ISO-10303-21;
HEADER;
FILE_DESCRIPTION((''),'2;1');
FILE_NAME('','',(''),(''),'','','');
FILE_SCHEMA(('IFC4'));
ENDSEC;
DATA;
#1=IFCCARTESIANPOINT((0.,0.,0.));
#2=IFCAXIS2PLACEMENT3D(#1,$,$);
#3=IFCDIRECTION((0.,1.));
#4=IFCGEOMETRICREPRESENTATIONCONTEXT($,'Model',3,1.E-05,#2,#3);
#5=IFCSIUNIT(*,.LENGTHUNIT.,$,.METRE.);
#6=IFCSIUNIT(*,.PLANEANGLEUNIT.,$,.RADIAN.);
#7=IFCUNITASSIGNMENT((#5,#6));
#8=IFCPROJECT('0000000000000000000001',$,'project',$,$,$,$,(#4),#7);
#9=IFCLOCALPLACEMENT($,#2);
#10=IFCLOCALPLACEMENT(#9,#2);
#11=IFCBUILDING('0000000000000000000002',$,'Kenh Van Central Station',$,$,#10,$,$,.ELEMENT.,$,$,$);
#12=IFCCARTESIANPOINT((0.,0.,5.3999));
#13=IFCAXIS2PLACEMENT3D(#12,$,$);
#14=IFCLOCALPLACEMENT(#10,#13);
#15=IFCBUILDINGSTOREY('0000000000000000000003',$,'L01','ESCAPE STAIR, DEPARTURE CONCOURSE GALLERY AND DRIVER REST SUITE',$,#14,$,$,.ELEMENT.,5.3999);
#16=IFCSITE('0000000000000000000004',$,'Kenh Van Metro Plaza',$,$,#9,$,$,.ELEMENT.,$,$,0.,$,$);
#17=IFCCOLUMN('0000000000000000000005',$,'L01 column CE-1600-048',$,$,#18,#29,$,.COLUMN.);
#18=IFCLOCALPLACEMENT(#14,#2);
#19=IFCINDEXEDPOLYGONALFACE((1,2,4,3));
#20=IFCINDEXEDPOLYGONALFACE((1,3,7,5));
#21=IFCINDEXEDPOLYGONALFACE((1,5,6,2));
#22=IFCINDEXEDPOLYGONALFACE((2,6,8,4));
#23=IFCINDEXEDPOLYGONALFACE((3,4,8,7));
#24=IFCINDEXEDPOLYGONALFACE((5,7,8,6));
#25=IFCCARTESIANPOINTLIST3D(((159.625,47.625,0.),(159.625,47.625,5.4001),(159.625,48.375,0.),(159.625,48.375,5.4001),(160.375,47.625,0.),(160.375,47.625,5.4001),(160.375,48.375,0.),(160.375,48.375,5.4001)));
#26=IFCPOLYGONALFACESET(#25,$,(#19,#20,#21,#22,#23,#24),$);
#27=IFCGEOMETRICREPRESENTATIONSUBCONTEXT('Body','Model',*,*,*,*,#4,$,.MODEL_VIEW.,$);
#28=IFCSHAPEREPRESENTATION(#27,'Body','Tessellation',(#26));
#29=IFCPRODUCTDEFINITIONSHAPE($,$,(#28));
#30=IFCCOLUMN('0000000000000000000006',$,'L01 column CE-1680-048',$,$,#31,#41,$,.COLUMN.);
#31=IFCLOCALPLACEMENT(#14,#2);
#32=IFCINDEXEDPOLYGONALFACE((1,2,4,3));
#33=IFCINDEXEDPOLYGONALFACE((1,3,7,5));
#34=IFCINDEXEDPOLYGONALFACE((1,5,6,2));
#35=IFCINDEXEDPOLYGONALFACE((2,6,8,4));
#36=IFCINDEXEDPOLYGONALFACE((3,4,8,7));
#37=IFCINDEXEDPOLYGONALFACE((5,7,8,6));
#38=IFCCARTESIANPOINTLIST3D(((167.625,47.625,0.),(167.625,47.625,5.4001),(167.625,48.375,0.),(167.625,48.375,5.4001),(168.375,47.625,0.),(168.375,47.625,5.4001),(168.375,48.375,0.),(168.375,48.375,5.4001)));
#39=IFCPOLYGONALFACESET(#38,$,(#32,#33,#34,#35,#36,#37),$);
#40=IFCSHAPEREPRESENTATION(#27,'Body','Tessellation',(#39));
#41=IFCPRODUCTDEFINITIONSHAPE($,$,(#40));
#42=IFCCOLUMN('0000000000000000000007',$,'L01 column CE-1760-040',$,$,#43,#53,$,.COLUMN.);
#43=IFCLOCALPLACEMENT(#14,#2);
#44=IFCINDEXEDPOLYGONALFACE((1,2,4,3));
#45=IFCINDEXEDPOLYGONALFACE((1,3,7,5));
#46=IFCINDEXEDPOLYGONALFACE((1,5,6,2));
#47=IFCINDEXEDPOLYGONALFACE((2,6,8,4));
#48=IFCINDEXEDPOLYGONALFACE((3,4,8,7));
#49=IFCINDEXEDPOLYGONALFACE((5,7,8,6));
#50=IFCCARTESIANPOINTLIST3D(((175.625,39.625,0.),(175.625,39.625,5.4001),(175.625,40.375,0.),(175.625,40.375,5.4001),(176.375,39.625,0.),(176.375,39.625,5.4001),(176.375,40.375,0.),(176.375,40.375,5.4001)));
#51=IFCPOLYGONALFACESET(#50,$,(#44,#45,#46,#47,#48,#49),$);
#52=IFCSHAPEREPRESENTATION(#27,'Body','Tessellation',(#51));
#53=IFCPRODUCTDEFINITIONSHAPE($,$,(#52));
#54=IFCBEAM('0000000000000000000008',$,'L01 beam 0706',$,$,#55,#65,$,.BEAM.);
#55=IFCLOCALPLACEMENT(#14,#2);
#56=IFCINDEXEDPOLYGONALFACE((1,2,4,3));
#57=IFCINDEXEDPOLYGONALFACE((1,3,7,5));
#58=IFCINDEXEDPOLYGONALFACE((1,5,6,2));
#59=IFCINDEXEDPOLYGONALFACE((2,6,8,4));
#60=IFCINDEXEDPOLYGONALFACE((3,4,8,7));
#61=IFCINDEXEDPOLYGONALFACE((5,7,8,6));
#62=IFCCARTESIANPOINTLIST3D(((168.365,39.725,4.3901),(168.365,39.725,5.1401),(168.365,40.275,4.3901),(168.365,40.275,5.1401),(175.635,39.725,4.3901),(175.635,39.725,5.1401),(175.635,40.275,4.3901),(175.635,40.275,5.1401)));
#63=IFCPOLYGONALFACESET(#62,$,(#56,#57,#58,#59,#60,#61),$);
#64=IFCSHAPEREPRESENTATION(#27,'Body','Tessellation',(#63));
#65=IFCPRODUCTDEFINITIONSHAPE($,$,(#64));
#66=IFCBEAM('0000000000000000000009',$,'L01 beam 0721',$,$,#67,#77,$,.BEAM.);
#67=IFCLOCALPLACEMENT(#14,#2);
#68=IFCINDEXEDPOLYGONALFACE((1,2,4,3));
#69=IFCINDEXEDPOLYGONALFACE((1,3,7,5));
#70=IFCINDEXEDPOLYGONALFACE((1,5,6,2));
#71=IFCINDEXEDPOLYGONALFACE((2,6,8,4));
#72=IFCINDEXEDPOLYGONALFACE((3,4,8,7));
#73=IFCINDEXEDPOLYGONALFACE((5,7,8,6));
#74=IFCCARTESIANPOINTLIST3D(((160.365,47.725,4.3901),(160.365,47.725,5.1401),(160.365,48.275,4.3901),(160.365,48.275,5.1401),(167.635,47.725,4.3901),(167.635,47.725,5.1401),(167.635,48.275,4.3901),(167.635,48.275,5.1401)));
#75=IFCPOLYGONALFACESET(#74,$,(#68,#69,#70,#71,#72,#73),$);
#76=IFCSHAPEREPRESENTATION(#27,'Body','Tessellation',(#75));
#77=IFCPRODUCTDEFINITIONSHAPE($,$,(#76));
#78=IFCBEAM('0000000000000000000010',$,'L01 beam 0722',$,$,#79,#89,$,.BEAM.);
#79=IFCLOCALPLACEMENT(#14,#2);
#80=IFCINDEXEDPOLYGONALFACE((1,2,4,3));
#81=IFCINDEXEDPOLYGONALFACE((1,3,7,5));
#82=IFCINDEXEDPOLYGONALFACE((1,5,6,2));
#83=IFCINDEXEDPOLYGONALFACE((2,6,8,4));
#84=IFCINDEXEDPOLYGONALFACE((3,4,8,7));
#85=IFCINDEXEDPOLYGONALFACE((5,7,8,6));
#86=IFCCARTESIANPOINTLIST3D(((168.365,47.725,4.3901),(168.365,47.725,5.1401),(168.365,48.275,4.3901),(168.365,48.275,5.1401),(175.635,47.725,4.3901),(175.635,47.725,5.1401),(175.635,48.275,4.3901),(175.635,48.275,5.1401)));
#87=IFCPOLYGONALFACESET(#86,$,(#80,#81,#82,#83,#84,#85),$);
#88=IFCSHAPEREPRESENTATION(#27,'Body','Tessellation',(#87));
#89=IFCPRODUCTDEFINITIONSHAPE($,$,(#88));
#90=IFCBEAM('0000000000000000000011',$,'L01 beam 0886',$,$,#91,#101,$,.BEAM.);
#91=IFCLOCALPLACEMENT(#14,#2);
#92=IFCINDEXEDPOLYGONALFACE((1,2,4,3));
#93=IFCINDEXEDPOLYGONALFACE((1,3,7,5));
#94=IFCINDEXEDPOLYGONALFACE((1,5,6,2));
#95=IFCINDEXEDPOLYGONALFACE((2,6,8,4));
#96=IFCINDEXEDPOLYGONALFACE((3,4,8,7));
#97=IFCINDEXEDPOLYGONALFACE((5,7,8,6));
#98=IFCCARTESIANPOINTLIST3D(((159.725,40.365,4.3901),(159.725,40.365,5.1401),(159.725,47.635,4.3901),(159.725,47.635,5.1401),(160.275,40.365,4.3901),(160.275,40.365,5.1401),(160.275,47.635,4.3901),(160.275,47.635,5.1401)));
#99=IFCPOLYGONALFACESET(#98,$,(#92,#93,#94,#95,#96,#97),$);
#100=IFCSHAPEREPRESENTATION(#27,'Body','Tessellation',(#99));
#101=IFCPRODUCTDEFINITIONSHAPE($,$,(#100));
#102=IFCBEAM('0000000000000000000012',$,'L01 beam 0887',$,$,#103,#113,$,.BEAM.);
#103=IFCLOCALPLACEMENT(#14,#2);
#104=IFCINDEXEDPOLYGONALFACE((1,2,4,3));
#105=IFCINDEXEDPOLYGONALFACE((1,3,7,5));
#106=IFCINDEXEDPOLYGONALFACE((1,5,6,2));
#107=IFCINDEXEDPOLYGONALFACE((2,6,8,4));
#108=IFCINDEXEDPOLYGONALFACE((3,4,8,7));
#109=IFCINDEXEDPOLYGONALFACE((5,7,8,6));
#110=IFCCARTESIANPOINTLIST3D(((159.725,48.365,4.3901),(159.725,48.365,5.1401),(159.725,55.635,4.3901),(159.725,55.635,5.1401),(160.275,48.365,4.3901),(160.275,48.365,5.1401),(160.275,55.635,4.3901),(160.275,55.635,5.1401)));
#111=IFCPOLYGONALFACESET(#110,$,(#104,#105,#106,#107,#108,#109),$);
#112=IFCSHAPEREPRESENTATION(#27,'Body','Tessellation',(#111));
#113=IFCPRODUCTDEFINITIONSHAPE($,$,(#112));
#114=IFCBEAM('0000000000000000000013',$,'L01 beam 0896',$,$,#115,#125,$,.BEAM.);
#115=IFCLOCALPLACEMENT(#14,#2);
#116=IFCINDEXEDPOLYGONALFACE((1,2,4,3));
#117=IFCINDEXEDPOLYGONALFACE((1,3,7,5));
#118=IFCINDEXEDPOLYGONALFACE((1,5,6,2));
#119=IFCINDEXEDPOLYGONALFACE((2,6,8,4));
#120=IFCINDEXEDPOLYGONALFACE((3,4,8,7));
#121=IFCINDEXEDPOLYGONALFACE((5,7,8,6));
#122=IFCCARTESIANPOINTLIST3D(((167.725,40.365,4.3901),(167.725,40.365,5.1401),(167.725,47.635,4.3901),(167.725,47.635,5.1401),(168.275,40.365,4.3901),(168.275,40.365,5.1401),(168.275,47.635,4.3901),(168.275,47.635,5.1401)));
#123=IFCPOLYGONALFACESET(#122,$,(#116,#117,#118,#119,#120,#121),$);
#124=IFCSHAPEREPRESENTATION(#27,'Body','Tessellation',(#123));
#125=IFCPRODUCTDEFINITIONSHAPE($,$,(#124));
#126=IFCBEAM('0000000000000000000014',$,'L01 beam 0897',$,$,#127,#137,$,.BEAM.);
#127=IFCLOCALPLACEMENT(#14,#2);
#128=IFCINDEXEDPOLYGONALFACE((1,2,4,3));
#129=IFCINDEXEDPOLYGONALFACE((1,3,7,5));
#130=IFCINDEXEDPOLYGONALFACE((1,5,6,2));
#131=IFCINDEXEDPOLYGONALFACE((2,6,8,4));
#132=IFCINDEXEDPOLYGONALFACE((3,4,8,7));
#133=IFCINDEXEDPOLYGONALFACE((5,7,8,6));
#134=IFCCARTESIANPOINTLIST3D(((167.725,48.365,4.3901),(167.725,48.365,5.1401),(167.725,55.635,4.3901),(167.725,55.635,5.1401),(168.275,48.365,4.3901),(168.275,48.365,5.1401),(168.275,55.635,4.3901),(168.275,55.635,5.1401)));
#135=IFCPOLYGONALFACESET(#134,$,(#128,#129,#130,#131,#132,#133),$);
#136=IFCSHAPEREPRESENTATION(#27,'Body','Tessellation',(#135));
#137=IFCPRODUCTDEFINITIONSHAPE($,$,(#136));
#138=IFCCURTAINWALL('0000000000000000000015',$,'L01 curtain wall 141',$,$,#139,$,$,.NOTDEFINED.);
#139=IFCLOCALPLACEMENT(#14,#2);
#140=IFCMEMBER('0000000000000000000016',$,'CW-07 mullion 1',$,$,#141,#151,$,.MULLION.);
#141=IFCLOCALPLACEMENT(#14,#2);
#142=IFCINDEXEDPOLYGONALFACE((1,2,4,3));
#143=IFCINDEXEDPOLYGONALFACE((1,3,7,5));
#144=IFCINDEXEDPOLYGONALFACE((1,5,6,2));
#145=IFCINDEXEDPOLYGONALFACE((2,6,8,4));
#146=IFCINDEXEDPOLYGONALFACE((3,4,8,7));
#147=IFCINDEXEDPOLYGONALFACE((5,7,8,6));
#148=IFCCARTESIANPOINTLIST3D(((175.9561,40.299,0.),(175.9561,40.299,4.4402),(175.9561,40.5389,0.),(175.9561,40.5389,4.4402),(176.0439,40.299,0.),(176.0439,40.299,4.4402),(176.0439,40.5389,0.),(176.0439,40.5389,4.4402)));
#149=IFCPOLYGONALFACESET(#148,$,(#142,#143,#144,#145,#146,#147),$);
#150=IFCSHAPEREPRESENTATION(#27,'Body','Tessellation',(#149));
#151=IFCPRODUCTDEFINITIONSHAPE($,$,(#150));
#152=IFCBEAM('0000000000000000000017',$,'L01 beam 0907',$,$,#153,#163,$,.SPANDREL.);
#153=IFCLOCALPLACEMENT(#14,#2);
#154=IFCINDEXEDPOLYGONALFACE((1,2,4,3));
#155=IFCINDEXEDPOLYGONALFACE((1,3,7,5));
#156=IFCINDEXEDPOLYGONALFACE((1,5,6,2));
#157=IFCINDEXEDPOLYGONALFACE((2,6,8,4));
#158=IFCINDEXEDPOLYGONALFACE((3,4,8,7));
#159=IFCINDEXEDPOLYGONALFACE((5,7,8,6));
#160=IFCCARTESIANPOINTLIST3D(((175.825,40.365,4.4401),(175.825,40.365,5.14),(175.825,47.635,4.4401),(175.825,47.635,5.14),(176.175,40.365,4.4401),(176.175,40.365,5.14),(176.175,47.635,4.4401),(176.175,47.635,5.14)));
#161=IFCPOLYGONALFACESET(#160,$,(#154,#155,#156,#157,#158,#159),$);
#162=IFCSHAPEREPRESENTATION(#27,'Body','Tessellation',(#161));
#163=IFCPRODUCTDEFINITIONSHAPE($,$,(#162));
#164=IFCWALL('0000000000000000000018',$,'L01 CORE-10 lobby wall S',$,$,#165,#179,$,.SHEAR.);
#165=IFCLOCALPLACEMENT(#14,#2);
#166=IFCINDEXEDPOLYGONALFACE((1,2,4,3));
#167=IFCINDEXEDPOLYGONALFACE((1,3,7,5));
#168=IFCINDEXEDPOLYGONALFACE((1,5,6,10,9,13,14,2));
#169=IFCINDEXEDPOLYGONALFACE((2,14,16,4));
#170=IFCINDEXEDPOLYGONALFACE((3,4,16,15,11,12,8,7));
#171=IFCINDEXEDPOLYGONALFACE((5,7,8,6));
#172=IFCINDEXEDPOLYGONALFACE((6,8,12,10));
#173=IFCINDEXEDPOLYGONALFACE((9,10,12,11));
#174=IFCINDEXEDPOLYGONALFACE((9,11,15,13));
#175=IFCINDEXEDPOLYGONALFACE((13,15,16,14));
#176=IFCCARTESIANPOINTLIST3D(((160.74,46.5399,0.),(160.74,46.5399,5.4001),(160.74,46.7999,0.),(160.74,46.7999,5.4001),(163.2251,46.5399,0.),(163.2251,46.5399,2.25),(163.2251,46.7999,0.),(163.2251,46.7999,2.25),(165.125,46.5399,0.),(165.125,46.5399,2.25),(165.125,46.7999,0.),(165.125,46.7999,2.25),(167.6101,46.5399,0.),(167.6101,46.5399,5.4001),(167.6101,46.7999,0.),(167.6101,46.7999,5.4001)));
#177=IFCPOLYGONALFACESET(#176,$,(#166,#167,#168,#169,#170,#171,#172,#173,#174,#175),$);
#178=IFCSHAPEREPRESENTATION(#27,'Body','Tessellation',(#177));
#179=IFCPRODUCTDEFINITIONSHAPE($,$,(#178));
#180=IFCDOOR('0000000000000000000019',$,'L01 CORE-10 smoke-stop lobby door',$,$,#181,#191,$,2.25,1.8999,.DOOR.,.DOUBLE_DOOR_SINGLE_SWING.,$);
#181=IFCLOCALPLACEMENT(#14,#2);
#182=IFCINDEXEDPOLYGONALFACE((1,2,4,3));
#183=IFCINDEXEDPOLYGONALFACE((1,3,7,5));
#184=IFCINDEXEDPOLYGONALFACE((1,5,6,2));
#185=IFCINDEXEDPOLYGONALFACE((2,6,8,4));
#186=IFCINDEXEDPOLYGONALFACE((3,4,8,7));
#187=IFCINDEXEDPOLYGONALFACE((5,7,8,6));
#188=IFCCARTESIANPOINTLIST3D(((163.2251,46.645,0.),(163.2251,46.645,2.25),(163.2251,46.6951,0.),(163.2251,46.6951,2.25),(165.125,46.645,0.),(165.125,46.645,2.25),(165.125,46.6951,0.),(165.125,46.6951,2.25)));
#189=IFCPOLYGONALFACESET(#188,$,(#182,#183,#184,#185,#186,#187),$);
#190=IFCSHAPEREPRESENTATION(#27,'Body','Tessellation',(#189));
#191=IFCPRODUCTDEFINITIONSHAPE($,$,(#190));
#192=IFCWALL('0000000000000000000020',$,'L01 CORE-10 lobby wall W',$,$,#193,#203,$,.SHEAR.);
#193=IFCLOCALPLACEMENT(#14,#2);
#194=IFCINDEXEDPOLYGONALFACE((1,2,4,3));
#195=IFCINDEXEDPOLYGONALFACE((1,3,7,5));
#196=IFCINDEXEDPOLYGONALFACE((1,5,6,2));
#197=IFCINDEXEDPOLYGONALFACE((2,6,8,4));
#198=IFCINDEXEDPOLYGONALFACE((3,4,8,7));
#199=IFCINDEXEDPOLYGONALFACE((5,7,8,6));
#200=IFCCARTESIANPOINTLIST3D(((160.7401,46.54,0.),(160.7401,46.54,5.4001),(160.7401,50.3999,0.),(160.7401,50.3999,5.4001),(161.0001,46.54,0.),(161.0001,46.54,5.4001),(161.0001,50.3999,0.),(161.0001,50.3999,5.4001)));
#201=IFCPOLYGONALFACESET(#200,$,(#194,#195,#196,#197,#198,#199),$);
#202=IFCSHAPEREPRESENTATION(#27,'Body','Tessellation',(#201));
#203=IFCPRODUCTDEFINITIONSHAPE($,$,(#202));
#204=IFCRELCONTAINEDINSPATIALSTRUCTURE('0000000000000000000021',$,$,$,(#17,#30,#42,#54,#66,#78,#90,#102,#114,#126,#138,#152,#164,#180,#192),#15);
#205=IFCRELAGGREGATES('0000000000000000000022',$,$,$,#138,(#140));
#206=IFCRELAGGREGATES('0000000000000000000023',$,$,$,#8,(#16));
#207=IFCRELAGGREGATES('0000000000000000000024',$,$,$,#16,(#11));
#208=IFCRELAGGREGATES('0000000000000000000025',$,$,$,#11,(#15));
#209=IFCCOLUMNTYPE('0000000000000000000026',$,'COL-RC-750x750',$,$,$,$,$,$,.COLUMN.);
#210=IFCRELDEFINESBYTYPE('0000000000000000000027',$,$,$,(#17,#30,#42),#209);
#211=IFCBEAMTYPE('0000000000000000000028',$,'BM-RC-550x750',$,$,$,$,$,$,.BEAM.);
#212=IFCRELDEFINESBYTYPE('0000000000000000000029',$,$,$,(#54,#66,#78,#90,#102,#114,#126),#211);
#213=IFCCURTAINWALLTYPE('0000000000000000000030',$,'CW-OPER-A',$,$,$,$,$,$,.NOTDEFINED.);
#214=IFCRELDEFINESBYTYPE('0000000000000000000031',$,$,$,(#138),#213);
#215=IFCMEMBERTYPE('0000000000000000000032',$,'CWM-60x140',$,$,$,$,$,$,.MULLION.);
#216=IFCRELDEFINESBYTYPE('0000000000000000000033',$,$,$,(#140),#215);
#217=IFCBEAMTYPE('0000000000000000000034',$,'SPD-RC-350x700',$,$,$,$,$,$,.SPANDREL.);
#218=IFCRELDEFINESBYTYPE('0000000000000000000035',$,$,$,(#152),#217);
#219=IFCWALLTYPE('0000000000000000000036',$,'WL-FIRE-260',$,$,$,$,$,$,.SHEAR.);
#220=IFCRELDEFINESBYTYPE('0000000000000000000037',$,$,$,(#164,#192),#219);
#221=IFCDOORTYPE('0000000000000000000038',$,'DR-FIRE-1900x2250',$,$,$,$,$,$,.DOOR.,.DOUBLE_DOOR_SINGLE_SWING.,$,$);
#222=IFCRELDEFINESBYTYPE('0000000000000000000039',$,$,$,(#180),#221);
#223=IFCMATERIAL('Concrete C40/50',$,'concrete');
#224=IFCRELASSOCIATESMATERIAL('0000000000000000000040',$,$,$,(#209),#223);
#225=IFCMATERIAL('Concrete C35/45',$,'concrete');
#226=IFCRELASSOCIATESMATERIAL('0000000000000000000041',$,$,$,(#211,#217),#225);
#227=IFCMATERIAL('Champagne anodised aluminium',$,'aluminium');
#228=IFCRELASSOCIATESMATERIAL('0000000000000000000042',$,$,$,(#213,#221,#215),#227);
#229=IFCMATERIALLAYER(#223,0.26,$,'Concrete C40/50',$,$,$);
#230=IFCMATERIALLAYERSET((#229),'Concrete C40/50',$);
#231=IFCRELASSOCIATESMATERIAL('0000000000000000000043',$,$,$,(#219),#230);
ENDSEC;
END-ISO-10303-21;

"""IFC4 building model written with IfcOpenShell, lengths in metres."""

from ifc_helpers import new_model, si_unit, direction, frame, frame_2d, origin, origin_2d, place, context, subcontext, project, spatial, rectangle, extrude, material, layer, layer_set, material_profile, profile_set, type_object, element, fill, aggregate, save


model = new_model("IFC4")

# Units and contexts
model_context = context("Model", 3, precision=1e-05, world=origin(), true_north=direction((0.0, 1.0)))
body_context = subcontext(model_context, "Body", "Model", "MODEL_VIEW")
ifc_project = project(units=[si_unit("LENGTHUNIT", "METRE"), si_unit("PLANEANGLEUNIT", "RADIAN")], contexts=[model_context])

# Site, building, storey
site_placement = place(None, origin())
site = spatial("IfcSite", under=ifc_project, at=site_placement, Name="Kenh Van Metro Plaza", CompositionType="ELEMENT", RefElevation=0.0)
building_placement = place(site_placement, origin())
building = spatial("IfcBuilding", under=site, at=building_placement, Name="Kenh Van Central Station", CompositionType="ELEMENT")
storey_placement = place(building_placement, frame((0.0, 0.0, 5.3999)))
storey = spatial("IfcBuildingStorey", under=building, at=storey_placement, Name="L01", Description="ESCAPE STAIR, DEPARTURE CONCOURSE GALLERY AND DRIVER REST SUITE", CompositionType="ELEMENT", Elevation=5.3999)

# Columns
ifc_material_1 = material(Name="Concrete C40/50", Category="concrete")
ifc_material_profile_1 = material_profile(ifc_material_1, rectangle(XDim=0.75, YDim=0.75, at=origin_2d()), Name="RC 750x750")
ifc_profile_set_1 = profile_set([ifc_material_profile_1], Name="Concrete C40/50")
column_type = type_object("IfcColumnType", Name="COL-RC-750x750", PredefinedType="COLUMN", material=ifc_profile_set_1)
for number, where, z_axis, x_axis, name in (
    (1, (160.0, 48.0, 0.0), (0.0, 0.0, 1.0), (1.0, 0.0, 0.0), "L01 column CE-1600-048"),
    (2, (168.0, 48.0, 0.0), (0.0, 0.0, 1.0), (1.0, 0.0, 0.0), "L01 column CE-1680-048"),
    (3, (176.0, 40.0, 0.0), (0.0, 0.0, 1.0), (1.0, 0.0, 0.0), "L01 column CE-1760-040"),
):
    element("IfcColumn", number, at=place(storey_placement, frame(where, z_axis=z_axis, x_axis=x_axis)), inside=storey, type_object=column_type, Name=name, PredefinedType="COLUMN", context=body_context, shape_type="SweptSolid", body=[
        extrude(rectangle(XDim=0.75, YDim=0.75, at=origin_2d()), origin(), (0.0, 0.0, 1.0), 5.4001),
    ])

# Beams
ifc_material_2 = material(Name="Concrete C35/45", Category="concrete")
ifc_material_profile_2 = material_profile(ifc_material_2, rectangle(XDim=0.55, YDim=0.75, at=origin_2d()), Name="RC 550x750")
ifc_profile_set_2 = profile_set([ifc_material_profile_2], Name="Concrete C35/45")
beam_type_1 = type_object("IfcBeamType", Name="BM-RC-550x750", PredefinedType="BEAM", material=ifc_profile_set_2)
for number, where, z_axis, x_axis, name in (
    (4, (168.365, 40.0, 4.7651), (1.0, 0.0, 0.0), (0.0, 1.0, 0.0), "L01 beam 0706"),
    (5, (160.365, 48.0, 4.7651), (1.0, 0.0, 0.0), (0.0, 1.0, 0.0), "L01 beam 0721"),
    (6, (168.365, 48.0, 4.7651), (1.0, 0.0, 0.0), (0.0, 1.0, 0.0), "L01 beam 0722"),
    (7, (160.0, 40.365, 4.7651), (0.0, 1.0, 0.0), (-1.0, 0.0, 0.0), "L01 beam 0886"),
    (8, (160.0, 48.365, 4.7651), (0.0, 1.0, 0.0), (-1.0, 0.0, 0.0), "L01 beam 0887"),
    (9, (168.0, 40.365, 4.7651), (0.0, 1.0, 0.0), (-1.0, 0.0, 0.0), "L01 beam 0896"),
    (10, (168.0, 48.365, 4.7651), (0.0, 1.0, 0.0), (-1.0, 0.0, 0.0), "L01 beam 0897"),
):
    element("IfcBeam", number, at=place(storey_placement, frame(where, z_axis=z_axis, x_axis=x_axis)), inside=storey, type_object=beam_type_1, Name=name, PredefinedType="BEAM", context=body_context, shape_type="SweptSolid", body=[
        extrude(rectangle(XDim=0.55, YDim=0.75, at=origin_2d()), origin(), (0.0, 0.0, 1.0), 7.27),
    ])

# Curtain wall, member
ifc_material_3 = material(Name="Champagne anodised aluminium", Category="aluminium")
curtain_wall_type = type_object("IfcCurtainWallType", Name="CW-OPER-A", PredefinedType="NOTDEFINED", material=ifc_material_3)
curtain_wall_placement = place(storey_placement, origin())
curtain_wall = element("IfcCurtainWall", 11, at=curtain_wall_placement, inside=storey, type_object=curtain_wall_type, Name="L01 curtain wall 141", PredefinedType="NOTDEFINED")
ifc_material_profile_3 = material_profile(ifc_material_3, rectangle(XDim=0.0879, YDim=0.24, at=origin_2d()), Name="AL 88x240")
ifc_profile_set_3 = profile_set([ifc_material_profile_3], Name="Champagne anodised aluminium")
member_type = type_object("IfcMemberType", Name="CWM-60x140", PredefinedType="MULLION", material=ifc_profile_set_3)
member_placement = place(storey_placement, frame((176.0, 40.4189, 0.0), z_axis=(0.0, 0.0, 1.0), x_axis=(-1.0, 0.0, 0.0)))
member = element("IfcMember", 12, at=member_placement, type_object=member_type, Name="CW-07 mullion 1", PredefinedType="MULLION", context=body_context, shape_type="SweptSolid", body=[
    extrude(rectangle(XDim=0.0879, YDim=0.24, at=origin_2d()), origin(), (0.0, 0.0, 1.0), 4.4402),
])
aggregate(curtain_wall, [member])

# Beam
ifc_material_profile_4 = material_profile(ifc_material_2, rectangle(XDim=0.3501, YDim=0.7, at=origin_2d()), Name="RC 350x700")
ifc_profile_set_4 = profile_set([ifc_material_profile_4], Name="Concrete C35/45")
beam_type_2 = type_object("IfcBeamType", Name="SPD-RC-350x700", PredefinedType="SPANDREL", material=ifc_profile_set_4)
beam_placement = place(storey_placement, frame((176.0, 40.365, 4.79), z_axis=(0.0, 1.0, 0.0), x_axis=(-1.0, 0.0, 0.0)))
element("IfcBeam", 13, at=beam_placement, inside=storey, type_object=beam_type_2, Name="L01 beam 0907", PredefinedType="SPANDREL", context=body_context, shape_type="SweptSolid", body=[
    extrude(rectangle(XDim=0.3501, YDim=0.7, at=origin_2d()), origin(), (0.0, 0.0, 1.0), 7.27),
])

# Wall, opening, door
ifc_layer_1 = layer(ifc_material_1, 0.26, Name="Concrete C40/50")
ifc_layer_set_1 = layer_set([ifc_layer_1], Name="Concrete C40/50")
wall_type_1 = type_object("IfcWallType", Name="WL-FIRE-260", PredefinedType="SHEAR", material=ifc_layer_set_1)
wall_1_placement = place(storey_placement, frame((167.6101, 46.6699, 0.0), z_axis=(0.0, 0.0, 1.0), x_axis=(-1.0, 0.0, 0.0)))
wall_1 = element("IfcWall", 14, at=wall_1_placement, inside=storey, type_object=wall_type_1, Name="L01 CORE-10 lobby wall S", PredefinedType="SHEAR", context=body_context, shape_type="SweptSolid", body=[
    extrude(rectangle(XDim=6.8701, YDim=0.26, at=frame_2d((3.4351, 0.0))), origin(), (0.0, 0.0, 1.0), 5.4001),
])
opening_1_placement = place(wall_1_placement, frame((2.4851, 0.0, 0.0)))
opening_1 = element("IfcOpeningElement", 15, at=opening_1_placement, cuts=wall_1, PredefinedType="OPENING", context=body_context, shape_type="SweptSolid", body=[
    extrude(rectangle(XDim=1.8999, YDim=2.25, at=frame_2d((0.95, 1.125))), frame((0.0, 0.1399, 0.0), z_axis=(0.0, -1.0, 0.0), x_axis=(1.0, 0.0, 0.0)), (0.0, 0.0, 1.0), 0.28),
])
door_type_1 = type_object("IfcDoorType", Name="DR-FIRE-1900x2250", OperationType="DOUBLE_DOOR_SINGLE_SWING", PredefinedType="DOOR", material=ifc_material_3)
door_1_placement = place(opening_1_placement, origin())
door_1 = element("IfcDoor", 16, at=door_1_placement, inside=storey, type_object=door_type_1, Name="L01 CORE-10 smoke-stop lobby door", OperationType="DOUBLE_DOOR_SINGLE_SWING", OverallHeight=2.25, OverallWidth=1.8999, PredefinedType="DOOR", context=body_context, shape_type="SweptSolid", body=[
    extrude(rectangle(XDim=1.8999, YDim=2.25, at=frame_2d((0.95, 1.125))), frame((0.0, 0.0249, 0.0), z_axis=(0.0, -1.0, 0.0), x_axis=(1.0, 0.0, 0.0)), (0.0, 0.0, 1.0), 0.05),
])
fill(opening_1, door_1)

# Wall
for number, where, z_axis, x_axis, name in (
    (17, (160.8701, 46.54, 0.0), (0.0, 0.0, 1.0), (0.0, 1.0, 0.0), "L01 CORE-10 lobby wall W"),
):
    element("IfcWall", number, at=place(storey_placement, frame(where, z_axis=z_axis, x_axis=x_axis)), inside=storey, type_object=wall_type_1, Name=name, PredefinedType="SHEAR", context=body_context, shape_type="SweptSolid", body=[
        extrude(rectangle(XDim=3.8599, YDim=0.26, at=frame_2d((1.9299, 0.0))), origin(), (0.0, 0.0, 1.0), 5.4001),
    ])

save(model, "model.ifc")
